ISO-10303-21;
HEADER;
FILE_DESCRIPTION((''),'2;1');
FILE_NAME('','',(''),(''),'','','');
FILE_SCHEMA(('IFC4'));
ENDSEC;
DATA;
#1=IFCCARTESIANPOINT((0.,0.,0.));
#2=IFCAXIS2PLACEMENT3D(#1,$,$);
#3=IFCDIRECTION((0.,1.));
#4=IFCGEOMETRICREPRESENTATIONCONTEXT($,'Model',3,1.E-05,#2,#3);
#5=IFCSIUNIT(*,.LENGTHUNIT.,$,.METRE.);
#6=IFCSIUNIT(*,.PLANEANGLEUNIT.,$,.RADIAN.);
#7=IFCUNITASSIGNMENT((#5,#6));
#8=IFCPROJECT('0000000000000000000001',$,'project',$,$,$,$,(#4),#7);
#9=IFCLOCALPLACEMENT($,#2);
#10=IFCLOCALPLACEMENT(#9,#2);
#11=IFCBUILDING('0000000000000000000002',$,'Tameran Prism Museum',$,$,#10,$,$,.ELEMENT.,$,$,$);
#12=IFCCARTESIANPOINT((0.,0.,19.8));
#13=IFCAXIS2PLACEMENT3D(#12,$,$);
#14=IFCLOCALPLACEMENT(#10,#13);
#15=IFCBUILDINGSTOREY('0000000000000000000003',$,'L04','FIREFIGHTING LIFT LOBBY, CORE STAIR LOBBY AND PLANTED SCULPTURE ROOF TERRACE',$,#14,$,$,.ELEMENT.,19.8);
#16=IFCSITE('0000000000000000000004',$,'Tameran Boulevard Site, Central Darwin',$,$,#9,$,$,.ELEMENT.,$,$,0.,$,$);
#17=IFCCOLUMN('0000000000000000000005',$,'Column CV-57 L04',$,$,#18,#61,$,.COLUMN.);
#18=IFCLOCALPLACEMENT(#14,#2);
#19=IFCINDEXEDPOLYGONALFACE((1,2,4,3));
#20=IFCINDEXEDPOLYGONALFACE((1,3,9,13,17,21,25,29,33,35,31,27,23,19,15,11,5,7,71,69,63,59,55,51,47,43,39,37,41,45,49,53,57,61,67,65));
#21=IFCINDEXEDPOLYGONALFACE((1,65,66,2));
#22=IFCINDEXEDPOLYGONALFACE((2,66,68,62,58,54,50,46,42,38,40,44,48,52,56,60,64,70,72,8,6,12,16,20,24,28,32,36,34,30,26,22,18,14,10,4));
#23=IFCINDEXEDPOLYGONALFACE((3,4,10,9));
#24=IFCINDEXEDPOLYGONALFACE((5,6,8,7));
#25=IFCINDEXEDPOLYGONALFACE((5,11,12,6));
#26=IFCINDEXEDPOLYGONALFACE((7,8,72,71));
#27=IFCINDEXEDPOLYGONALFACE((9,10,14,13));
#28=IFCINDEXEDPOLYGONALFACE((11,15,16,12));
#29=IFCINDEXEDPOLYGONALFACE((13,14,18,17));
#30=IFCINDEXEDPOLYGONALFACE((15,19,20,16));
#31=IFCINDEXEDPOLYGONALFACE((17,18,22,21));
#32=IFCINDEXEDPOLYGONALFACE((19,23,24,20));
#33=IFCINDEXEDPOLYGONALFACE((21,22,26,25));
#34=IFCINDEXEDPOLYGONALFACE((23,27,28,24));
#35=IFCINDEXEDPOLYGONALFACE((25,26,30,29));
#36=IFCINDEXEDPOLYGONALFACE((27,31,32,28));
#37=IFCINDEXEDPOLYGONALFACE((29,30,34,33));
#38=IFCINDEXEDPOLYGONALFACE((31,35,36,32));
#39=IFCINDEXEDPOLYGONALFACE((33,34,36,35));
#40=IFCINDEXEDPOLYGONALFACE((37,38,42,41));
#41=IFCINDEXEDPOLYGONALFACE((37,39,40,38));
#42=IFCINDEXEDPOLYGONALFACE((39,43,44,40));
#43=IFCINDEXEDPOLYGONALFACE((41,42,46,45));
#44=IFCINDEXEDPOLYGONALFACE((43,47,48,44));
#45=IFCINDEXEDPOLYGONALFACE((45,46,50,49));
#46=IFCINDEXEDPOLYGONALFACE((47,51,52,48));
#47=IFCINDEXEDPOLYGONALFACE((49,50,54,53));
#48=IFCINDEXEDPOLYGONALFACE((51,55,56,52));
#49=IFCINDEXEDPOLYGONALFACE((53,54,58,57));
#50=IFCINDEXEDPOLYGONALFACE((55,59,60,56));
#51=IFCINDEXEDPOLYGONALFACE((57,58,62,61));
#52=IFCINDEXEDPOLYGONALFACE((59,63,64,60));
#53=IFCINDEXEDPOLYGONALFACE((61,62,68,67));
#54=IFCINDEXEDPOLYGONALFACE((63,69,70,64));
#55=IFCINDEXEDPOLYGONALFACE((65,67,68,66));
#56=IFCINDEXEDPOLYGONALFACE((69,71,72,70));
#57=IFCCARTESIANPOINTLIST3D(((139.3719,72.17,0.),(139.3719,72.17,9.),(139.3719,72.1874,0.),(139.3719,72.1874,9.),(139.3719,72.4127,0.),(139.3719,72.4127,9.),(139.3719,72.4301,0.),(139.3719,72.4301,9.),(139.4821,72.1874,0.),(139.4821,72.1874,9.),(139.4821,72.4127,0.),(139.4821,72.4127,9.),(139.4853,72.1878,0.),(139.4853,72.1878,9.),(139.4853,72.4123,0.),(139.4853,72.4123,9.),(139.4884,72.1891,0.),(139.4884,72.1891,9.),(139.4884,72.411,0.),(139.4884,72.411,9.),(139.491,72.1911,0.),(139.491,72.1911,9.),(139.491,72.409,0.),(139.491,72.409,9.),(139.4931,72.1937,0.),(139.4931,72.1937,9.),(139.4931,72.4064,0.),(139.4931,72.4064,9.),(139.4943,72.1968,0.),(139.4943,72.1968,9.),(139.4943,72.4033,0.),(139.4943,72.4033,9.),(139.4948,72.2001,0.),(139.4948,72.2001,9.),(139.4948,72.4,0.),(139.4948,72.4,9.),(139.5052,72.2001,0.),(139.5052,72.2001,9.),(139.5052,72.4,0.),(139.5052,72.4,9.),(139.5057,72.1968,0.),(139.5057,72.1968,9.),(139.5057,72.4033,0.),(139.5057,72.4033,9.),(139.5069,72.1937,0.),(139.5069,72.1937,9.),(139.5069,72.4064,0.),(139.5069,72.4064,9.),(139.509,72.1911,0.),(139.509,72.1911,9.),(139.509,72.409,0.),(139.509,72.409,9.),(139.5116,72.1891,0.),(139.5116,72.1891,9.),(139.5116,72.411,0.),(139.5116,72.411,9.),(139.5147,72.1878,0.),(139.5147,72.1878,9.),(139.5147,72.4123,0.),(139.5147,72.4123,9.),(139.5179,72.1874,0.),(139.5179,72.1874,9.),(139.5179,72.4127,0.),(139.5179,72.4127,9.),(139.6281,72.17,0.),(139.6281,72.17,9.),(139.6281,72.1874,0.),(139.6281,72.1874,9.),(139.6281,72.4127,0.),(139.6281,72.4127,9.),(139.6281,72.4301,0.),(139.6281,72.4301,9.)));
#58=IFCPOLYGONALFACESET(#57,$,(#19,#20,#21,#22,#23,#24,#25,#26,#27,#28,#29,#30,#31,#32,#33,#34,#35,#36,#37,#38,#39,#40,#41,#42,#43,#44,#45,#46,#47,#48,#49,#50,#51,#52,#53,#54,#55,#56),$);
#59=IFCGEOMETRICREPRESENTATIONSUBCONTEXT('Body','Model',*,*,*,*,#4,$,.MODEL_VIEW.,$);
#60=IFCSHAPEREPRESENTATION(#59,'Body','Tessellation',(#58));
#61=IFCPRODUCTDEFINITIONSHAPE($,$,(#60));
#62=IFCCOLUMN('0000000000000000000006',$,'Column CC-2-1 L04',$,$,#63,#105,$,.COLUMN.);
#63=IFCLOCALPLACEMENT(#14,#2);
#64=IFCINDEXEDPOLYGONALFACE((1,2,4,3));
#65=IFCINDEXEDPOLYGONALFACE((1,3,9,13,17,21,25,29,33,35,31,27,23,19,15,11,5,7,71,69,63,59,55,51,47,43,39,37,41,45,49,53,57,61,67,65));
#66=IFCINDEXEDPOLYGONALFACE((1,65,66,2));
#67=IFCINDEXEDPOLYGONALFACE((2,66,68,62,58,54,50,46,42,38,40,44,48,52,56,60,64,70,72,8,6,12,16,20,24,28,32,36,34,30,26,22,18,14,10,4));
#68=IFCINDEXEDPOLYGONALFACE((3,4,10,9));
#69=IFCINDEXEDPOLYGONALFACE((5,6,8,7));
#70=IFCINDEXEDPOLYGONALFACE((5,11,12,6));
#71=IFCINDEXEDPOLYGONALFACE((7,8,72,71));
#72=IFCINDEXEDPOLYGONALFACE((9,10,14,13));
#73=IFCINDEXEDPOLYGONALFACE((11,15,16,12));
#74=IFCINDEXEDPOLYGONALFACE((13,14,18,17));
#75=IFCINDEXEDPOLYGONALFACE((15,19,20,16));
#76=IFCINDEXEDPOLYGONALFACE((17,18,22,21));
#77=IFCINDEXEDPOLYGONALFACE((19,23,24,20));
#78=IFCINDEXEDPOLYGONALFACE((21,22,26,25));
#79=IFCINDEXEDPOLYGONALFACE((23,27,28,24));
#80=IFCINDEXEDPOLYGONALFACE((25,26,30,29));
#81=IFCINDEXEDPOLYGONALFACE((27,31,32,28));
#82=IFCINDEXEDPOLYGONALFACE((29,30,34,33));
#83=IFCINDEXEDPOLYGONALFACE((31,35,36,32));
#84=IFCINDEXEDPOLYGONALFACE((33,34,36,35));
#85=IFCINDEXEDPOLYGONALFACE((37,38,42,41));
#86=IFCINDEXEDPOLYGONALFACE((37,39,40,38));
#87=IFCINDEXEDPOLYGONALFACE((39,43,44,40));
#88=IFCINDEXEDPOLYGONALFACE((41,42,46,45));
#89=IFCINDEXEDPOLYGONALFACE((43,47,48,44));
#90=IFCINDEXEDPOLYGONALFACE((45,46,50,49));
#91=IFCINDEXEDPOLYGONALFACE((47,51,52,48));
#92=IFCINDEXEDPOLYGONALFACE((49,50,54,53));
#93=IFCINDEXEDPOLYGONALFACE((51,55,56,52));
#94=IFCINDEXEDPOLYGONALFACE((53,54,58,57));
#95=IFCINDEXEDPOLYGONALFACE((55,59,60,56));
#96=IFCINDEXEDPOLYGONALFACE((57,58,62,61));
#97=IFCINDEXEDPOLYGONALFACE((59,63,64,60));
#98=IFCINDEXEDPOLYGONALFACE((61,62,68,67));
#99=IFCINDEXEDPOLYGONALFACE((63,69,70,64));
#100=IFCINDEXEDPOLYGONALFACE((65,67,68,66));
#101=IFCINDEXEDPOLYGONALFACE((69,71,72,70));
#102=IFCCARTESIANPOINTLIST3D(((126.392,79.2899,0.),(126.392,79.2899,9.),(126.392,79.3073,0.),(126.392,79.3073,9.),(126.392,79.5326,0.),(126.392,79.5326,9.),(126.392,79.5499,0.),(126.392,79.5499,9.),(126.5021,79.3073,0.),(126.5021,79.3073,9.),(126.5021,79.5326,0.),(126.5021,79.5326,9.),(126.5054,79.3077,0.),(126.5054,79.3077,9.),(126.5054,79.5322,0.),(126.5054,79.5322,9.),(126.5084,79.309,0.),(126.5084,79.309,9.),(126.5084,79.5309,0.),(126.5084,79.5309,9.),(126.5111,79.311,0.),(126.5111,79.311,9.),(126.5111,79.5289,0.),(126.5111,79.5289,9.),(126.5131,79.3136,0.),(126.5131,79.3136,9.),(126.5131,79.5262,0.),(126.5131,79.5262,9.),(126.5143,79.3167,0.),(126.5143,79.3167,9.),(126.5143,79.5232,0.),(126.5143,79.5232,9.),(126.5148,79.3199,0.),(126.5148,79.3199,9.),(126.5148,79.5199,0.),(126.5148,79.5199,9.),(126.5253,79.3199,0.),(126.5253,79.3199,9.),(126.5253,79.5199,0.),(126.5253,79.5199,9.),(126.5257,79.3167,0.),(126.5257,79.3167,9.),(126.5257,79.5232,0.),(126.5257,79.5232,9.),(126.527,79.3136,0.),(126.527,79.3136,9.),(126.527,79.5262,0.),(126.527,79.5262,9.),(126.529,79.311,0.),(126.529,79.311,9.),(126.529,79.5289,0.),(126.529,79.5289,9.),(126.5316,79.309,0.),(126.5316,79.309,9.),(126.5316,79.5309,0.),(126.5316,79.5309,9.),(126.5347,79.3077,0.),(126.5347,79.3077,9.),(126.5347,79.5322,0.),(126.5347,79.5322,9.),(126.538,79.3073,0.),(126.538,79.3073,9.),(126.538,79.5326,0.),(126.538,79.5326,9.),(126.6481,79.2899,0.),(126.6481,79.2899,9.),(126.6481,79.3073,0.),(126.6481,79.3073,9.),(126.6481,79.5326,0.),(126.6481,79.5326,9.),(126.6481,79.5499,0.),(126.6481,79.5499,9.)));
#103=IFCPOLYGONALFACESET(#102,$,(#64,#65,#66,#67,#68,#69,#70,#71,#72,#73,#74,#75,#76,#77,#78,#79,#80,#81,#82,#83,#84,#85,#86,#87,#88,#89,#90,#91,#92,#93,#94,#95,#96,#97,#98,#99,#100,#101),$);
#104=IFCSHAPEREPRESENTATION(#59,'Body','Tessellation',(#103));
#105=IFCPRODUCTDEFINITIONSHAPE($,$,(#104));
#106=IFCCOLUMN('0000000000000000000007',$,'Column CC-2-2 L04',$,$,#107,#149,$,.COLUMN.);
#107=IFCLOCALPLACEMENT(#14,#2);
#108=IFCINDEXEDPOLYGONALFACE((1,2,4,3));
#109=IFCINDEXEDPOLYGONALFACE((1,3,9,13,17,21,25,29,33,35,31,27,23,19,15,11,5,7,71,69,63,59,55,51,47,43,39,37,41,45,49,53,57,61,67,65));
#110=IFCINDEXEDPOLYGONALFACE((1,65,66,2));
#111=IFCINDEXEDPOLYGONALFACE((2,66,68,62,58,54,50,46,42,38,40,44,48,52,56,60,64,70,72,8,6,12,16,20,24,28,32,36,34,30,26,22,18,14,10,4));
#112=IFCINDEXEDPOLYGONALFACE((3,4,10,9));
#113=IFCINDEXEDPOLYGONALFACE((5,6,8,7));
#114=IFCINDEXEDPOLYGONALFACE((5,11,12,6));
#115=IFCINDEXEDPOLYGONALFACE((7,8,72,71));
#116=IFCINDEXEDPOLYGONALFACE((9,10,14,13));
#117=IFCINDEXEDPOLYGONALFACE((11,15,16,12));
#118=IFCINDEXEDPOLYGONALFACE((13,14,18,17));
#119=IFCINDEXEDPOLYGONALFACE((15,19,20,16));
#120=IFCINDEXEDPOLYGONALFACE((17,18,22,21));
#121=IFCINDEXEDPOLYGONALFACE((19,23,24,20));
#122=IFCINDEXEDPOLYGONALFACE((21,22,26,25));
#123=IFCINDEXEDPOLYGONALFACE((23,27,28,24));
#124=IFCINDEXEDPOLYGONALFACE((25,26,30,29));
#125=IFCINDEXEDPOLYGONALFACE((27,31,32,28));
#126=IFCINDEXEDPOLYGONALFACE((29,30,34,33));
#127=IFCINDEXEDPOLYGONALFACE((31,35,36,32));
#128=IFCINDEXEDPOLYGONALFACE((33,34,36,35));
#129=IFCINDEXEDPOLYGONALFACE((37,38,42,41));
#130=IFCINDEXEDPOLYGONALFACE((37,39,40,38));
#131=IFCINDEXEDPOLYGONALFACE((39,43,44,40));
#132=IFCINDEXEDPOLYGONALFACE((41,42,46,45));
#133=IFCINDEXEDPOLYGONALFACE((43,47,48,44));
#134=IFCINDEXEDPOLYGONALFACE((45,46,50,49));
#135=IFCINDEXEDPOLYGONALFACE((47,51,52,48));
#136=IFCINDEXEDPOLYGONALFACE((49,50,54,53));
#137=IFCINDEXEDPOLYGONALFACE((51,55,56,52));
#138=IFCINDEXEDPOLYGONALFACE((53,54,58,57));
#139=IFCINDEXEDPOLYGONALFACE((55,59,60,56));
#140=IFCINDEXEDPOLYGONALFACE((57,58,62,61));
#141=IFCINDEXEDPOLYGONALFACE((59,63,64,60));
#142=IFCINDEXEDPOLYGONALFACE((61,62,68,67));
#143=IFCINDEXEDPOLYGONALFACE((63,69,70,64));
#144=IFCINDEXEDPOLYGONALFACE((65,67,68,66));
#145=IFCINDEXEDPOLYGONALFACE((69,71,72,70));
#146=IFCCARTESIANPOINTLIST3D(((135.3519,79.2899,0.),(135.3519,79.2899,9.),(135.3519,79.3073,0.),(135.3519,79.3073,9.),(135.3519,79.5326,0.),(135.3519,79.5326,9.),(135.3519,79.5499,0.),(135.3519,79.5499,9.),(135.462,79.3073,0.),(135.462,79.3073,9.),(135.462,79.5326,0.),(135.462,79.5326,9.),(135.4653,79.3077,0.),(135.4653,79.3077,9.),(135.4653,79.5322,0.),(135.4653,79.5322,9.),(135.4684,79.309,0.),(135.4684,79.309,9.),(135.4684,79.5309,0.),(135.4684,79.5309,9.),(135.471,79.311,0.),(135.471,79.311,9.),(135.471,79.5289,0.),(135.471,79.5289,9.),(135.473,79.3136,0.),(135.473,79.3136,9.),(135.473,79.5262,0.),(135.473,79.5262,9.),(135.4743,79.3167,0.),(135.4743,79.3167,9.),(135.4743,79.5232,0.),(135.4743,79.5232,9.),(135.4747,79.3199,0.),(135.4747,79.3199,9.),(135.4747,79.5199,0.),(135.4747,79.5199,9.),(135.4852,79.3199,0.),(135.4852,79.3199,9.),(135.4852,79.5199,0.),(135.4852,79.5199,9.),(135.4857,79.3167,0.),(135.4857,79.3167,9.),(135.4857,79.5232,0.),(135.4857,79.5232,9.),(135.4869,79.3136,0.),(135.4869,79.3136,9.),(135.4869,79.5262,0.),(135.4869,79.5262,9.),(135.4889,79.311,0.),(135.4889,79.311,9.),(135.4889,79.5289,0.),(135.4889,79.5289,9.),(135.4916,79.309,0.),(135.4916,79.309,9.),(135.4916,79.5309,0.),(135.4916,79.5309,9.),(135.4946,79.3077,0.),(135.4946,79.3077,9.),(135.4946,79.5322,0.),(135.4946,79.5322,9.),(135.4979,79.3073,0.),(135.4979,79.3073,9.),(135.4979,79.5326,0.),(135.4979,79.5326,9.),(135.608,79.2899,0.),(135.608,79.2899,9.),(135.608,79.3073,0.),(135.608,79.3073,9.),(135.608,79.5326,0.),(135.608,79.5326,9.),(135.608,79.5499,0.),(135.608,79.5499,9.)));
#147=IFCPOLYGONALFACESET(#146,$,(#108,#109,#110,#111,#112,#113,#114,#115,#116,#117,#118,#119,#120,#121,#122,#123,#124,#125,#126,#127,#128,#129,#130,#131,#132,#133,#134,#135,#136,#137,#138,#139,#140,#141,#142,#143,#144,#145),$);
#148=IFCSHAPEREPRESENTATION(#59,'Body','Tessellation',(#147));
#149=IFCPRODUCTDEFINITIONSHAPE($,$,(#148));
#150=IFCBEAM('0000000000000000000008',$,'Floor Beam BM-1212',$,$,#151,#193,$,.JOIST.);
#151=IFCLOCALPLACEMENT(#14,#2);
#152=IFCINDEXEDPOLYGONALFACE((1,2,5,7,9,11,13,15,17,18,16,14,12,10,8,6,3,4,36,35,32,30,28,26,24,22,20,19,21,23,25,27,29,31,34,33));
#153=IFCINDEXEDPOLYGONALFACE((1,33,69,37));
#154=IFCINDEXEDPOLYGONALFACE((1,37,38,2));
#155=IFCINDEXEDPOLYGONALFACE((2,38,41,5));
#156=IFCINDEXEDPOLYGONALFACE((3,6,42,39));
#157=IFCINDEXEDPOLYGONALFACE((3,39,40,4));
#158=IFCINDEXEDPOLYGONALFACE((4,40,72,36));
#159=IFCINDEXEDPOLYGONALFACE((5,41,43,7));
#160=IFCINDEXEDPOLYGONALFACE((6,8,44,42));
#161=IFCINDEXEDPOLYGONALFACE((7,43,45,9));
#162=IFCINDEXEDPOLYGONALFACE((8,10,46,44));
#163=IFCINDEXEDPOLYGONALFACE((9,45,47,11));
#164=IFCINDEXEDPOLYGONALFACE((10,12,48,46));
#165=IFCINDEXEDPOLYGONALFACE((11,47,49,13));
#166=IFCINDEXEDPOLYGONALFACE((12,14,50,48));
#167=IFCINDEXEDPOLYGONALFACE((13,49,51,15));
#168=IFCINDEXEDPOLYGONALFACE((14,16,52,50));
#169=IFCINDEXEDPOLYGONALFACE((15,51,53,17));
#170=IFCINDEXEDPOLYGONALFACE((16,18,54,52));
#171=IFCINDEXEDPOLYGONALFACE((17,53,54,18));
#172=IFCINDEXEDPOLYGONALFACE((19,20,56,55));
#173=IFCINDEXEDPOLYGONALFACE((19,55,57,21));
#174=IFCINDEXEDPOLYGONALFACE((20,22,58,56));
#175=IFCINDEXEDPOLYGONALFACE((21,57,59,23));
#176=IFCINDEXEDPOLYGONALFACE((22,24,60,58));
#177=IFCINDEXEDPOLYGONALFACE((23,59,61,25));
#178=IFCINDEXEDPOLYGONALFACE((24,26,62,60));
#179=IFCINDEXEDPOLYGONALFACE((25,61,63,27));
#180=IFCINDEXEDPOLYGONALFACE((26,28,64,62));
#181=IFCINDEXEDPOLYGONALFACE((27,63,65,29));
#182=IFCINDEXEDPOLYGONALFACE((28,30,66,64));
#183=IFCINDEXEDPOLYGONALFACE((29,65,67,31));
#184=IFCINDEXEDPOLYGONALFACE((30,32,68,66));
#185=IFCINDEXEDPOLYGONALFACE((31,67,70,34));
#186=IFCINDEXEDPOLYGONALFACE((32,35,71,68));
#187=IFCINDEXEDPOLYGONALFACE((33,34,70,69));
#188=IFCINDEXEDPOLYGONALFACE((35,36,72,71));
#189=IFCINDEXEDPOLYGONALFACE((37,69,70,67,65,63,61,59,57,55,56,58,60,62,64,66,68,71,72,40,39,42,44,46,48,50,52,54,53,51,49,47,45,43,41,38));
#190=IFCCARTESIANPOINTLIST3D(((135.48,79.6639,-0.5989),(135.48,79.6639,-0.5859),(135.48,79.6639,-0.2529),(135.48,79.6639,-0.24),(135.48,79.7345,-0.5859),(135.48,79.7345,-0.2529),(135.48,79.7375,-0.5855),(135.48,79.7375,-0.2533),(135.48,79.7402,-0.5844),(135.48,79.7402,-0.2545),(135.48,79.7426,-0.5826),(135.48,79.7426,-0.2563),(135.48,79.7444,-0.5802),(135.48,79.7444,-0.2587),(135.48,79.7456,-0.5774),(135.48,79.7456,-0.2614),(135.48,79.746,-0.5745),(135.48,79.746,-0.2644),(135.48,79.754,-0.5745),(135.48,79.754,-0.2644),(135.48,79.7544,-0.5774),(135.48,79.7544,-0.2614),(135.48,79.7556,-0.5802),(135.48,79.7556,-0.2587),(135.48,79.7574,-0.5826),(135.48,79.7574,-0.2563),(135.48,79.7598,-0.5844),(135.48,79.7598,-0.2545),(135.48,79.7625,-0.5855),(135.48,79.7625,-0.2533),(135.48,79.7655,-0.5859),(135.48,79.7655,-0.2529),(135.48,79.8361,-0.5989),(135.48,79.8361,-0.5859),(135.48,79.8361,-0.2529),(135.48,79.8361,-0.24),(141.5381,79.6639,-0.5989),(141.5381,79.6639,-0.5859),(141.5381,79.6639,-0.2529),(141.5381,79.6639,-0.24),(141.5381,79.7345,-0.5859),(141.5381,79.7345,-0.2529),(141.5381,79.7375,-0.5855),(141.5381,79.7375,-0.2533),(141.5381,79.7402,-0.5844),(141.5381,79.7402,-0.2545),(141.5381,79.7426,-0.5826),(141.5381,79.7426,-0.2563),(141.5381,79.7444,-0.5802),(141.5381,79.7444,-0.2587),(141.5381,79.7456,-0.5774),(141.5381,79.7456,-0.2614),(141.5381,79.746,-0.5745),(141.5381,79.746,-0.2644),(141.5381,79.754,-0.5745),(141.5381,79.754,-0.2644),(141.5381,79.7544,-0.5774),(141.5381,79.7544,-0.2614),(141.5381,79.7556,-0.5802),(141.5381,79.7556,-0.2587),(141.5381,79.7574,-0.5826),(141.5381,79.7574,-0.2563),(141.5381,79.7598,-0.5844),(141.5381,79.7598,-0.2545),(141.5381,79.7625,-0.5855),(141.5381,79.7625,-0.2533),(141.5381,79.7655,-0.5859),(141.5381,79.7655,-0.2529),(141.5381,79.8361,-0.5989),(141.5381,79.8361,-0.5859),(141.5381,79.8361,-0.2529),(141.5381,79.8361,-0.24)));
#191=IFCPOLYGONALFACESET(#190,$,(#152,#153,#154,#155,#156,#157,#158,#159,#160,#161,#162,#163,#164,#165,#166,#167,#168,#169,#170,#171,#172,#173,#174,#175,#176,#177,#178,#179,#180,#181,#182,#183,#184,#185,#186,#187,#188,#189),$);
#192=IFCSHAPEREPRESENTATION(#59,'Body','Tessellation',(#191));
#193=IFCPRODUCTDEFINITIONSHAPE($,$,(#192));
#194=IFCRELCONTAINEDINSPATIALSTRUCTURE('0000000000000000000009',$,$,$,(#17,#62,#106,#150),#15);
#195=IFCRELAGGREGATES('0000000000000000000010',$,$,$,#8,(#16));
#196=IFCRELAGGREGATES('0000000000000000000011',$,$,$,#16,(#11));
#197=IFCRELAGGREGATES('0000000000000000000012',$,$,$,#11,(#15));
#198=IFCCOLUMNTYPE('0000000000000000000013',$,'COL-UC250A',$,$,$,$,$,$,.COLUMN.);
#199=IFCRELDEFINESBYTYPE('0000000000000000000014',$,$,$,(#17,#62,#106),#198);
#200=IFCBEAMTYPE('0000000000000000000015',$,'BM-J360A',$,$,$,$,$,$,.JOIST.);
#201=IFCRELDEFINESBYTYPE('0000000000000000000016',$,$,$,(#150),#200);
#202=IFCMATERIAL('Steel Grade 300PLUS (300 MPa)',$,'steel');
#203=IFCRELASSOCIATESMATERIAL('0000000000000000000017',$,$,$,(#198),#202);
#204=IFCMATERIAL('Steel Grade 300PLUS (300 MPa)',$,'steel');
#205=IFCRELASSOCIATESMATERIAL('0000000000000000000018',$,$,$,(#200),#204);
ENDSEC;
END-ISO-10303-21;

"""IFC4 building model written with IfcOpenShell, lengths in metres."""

from ifc_helpers import new_model, si_unit, direction, frame, origin, origin_2d, place, context, subcontext, project, spatial, i_section, extrude, material, material_profile, profile_set, type_object, element, save


model = new_model("IFC4")

# Units and contexts
model_context = context("Model", 3, precision=1e-05, world=origin(), true_north=direction((0.0, 1.0)))
body_context = subcontext(model_context, "Body", "Model", "MODEL_VIEW")
ifc_project = project(units=[si_unit("LENGTHUNIT", "METRE"), si_unit("PLANEANGLEUNIT", "RADIAN")], contexts=[model_context])

# Site, building, storey
site_placement = place(None, origin())
site = spatial("IfcSite", under=ifc_project, at=site_placement, Name="Tameran Boulevard Site, Central Darwin", CompositionType="ELEMENT", RefElevation=0.0)
building_placement = place(site_placement, origin())
building = spatial("IfcBuilding", under=site, at=building_placement, Name="Tameran Prism Museum", CompositionType="ELEMENT")
storey_placement = place(building_placement, frame((0.0, 0.0, 19.8)))
storey = spatial("IfcBuildingStorey", under=building, at=storey_placement, Name="L04", Description="FIREFIGHTING LIFT LOBBY, CORE STAIR LOBBY AND PLANTED SCULPTURE ROOF TERRACE", CompositionType="ELEMENT", Elevation=19.8)

# Columns
ifc_material_1 = material(Name="Steel Grade 300PLUS (300 MPa)", Category="steel")
ifc_material_profile_1 = material_profile(ifc_material_1, i_section(OverallWidth=0.2561, OverallDepth=0.26, WebThickness=0.0105, FlangeThickness=0.0173, FilletRadius=0.0127, at=origin_2d()))
ifc_profile_set_1 = profile_set([ifc_material_profile_1])
column_type = type_object("IfcColumnType", Name="COL-UC250A", PredefinedType="COLUMN", material=ifc_profile_set_1)
for number, where, z_axis, x_axis, name in (
    (1, (139.5, 72.3, 0.0), (0.0, 0.0, 1.0), (1.0, 0.0, 0.0), "Column CV-57 L04"),
    (2, (126.52, 79.4199, 0.0), (0.0, 0.0, 1.0), (1.0, 0.0, 0.0), "Column CC-2-1 L04"),
    (3, (135.48, 79.4199, 0.0), (0.0, 0.0, 1.0), (1.0, 0.0, 0.0), "Column CC-2-2 L04"),
):
    element("IfcColumn", number, at=place(storey_placement, frame(where, z_axis=z_axis, x_axis=x_axis)), inside=storey, type_object=column_type, Name=name, PredefinedType="COLUMN", context=body_context, shape_type="SweptSolid", body=[
        extrude(i_section(OverallWidth=0.2561, OverallDepth=0.26, WebThickness=0.0105, FlangeThickness=0.0173, FilletRadius=0.0127, at=origin_2d()), origin(), (0.0, 0.0, 1.0), 9.0),
    ])

# Beam
ifc_material_2 = material(Name="Steel Grade 300PLUS (300 MPa)", Category="steel")
ifc_material_profile_2 = material_profile(ifc_material_2, i_section(OverallWidth=0.1721, OverallDepth=0.3589, WebThickness=0.0081, FlangeThickness=0.0129, FilletRadius=0.0115, at=origin_2d()))
ifc_profile_set_2 = profile_set([ifc_material_profile_2])
beam_type_1 = type_object("IfcBeamType", Name="BM-J360A", PredefinedType="JOIST", material=ifc_profile_set_2)
beam_1_placement = place(storey_placement, frame((135.48, 79.75, -0.4194), z_axis=(1.0, 0.0, 0.0), x_axis=(0.0, 1.0, 0.0)))
element("IfcBeam", 4, at=beam_1_placement, inside=storey, type_object=beam_type_1, Name="Floor Beam BM-1212", PredefinedType="JOIST", context=body_context, shape_type="SweptSolid", body=[
    extrude(i_section(OverallWidth=0.1721, OverallDepth=0.3589, WebThickness=0.0081, FlangeThickness=0.0129, FilletRadius=0.0115, at=origin_2d()), origin(), (0.0, 0.0, 1.0), 6.0581),
])

save(model, "model.ifc")
